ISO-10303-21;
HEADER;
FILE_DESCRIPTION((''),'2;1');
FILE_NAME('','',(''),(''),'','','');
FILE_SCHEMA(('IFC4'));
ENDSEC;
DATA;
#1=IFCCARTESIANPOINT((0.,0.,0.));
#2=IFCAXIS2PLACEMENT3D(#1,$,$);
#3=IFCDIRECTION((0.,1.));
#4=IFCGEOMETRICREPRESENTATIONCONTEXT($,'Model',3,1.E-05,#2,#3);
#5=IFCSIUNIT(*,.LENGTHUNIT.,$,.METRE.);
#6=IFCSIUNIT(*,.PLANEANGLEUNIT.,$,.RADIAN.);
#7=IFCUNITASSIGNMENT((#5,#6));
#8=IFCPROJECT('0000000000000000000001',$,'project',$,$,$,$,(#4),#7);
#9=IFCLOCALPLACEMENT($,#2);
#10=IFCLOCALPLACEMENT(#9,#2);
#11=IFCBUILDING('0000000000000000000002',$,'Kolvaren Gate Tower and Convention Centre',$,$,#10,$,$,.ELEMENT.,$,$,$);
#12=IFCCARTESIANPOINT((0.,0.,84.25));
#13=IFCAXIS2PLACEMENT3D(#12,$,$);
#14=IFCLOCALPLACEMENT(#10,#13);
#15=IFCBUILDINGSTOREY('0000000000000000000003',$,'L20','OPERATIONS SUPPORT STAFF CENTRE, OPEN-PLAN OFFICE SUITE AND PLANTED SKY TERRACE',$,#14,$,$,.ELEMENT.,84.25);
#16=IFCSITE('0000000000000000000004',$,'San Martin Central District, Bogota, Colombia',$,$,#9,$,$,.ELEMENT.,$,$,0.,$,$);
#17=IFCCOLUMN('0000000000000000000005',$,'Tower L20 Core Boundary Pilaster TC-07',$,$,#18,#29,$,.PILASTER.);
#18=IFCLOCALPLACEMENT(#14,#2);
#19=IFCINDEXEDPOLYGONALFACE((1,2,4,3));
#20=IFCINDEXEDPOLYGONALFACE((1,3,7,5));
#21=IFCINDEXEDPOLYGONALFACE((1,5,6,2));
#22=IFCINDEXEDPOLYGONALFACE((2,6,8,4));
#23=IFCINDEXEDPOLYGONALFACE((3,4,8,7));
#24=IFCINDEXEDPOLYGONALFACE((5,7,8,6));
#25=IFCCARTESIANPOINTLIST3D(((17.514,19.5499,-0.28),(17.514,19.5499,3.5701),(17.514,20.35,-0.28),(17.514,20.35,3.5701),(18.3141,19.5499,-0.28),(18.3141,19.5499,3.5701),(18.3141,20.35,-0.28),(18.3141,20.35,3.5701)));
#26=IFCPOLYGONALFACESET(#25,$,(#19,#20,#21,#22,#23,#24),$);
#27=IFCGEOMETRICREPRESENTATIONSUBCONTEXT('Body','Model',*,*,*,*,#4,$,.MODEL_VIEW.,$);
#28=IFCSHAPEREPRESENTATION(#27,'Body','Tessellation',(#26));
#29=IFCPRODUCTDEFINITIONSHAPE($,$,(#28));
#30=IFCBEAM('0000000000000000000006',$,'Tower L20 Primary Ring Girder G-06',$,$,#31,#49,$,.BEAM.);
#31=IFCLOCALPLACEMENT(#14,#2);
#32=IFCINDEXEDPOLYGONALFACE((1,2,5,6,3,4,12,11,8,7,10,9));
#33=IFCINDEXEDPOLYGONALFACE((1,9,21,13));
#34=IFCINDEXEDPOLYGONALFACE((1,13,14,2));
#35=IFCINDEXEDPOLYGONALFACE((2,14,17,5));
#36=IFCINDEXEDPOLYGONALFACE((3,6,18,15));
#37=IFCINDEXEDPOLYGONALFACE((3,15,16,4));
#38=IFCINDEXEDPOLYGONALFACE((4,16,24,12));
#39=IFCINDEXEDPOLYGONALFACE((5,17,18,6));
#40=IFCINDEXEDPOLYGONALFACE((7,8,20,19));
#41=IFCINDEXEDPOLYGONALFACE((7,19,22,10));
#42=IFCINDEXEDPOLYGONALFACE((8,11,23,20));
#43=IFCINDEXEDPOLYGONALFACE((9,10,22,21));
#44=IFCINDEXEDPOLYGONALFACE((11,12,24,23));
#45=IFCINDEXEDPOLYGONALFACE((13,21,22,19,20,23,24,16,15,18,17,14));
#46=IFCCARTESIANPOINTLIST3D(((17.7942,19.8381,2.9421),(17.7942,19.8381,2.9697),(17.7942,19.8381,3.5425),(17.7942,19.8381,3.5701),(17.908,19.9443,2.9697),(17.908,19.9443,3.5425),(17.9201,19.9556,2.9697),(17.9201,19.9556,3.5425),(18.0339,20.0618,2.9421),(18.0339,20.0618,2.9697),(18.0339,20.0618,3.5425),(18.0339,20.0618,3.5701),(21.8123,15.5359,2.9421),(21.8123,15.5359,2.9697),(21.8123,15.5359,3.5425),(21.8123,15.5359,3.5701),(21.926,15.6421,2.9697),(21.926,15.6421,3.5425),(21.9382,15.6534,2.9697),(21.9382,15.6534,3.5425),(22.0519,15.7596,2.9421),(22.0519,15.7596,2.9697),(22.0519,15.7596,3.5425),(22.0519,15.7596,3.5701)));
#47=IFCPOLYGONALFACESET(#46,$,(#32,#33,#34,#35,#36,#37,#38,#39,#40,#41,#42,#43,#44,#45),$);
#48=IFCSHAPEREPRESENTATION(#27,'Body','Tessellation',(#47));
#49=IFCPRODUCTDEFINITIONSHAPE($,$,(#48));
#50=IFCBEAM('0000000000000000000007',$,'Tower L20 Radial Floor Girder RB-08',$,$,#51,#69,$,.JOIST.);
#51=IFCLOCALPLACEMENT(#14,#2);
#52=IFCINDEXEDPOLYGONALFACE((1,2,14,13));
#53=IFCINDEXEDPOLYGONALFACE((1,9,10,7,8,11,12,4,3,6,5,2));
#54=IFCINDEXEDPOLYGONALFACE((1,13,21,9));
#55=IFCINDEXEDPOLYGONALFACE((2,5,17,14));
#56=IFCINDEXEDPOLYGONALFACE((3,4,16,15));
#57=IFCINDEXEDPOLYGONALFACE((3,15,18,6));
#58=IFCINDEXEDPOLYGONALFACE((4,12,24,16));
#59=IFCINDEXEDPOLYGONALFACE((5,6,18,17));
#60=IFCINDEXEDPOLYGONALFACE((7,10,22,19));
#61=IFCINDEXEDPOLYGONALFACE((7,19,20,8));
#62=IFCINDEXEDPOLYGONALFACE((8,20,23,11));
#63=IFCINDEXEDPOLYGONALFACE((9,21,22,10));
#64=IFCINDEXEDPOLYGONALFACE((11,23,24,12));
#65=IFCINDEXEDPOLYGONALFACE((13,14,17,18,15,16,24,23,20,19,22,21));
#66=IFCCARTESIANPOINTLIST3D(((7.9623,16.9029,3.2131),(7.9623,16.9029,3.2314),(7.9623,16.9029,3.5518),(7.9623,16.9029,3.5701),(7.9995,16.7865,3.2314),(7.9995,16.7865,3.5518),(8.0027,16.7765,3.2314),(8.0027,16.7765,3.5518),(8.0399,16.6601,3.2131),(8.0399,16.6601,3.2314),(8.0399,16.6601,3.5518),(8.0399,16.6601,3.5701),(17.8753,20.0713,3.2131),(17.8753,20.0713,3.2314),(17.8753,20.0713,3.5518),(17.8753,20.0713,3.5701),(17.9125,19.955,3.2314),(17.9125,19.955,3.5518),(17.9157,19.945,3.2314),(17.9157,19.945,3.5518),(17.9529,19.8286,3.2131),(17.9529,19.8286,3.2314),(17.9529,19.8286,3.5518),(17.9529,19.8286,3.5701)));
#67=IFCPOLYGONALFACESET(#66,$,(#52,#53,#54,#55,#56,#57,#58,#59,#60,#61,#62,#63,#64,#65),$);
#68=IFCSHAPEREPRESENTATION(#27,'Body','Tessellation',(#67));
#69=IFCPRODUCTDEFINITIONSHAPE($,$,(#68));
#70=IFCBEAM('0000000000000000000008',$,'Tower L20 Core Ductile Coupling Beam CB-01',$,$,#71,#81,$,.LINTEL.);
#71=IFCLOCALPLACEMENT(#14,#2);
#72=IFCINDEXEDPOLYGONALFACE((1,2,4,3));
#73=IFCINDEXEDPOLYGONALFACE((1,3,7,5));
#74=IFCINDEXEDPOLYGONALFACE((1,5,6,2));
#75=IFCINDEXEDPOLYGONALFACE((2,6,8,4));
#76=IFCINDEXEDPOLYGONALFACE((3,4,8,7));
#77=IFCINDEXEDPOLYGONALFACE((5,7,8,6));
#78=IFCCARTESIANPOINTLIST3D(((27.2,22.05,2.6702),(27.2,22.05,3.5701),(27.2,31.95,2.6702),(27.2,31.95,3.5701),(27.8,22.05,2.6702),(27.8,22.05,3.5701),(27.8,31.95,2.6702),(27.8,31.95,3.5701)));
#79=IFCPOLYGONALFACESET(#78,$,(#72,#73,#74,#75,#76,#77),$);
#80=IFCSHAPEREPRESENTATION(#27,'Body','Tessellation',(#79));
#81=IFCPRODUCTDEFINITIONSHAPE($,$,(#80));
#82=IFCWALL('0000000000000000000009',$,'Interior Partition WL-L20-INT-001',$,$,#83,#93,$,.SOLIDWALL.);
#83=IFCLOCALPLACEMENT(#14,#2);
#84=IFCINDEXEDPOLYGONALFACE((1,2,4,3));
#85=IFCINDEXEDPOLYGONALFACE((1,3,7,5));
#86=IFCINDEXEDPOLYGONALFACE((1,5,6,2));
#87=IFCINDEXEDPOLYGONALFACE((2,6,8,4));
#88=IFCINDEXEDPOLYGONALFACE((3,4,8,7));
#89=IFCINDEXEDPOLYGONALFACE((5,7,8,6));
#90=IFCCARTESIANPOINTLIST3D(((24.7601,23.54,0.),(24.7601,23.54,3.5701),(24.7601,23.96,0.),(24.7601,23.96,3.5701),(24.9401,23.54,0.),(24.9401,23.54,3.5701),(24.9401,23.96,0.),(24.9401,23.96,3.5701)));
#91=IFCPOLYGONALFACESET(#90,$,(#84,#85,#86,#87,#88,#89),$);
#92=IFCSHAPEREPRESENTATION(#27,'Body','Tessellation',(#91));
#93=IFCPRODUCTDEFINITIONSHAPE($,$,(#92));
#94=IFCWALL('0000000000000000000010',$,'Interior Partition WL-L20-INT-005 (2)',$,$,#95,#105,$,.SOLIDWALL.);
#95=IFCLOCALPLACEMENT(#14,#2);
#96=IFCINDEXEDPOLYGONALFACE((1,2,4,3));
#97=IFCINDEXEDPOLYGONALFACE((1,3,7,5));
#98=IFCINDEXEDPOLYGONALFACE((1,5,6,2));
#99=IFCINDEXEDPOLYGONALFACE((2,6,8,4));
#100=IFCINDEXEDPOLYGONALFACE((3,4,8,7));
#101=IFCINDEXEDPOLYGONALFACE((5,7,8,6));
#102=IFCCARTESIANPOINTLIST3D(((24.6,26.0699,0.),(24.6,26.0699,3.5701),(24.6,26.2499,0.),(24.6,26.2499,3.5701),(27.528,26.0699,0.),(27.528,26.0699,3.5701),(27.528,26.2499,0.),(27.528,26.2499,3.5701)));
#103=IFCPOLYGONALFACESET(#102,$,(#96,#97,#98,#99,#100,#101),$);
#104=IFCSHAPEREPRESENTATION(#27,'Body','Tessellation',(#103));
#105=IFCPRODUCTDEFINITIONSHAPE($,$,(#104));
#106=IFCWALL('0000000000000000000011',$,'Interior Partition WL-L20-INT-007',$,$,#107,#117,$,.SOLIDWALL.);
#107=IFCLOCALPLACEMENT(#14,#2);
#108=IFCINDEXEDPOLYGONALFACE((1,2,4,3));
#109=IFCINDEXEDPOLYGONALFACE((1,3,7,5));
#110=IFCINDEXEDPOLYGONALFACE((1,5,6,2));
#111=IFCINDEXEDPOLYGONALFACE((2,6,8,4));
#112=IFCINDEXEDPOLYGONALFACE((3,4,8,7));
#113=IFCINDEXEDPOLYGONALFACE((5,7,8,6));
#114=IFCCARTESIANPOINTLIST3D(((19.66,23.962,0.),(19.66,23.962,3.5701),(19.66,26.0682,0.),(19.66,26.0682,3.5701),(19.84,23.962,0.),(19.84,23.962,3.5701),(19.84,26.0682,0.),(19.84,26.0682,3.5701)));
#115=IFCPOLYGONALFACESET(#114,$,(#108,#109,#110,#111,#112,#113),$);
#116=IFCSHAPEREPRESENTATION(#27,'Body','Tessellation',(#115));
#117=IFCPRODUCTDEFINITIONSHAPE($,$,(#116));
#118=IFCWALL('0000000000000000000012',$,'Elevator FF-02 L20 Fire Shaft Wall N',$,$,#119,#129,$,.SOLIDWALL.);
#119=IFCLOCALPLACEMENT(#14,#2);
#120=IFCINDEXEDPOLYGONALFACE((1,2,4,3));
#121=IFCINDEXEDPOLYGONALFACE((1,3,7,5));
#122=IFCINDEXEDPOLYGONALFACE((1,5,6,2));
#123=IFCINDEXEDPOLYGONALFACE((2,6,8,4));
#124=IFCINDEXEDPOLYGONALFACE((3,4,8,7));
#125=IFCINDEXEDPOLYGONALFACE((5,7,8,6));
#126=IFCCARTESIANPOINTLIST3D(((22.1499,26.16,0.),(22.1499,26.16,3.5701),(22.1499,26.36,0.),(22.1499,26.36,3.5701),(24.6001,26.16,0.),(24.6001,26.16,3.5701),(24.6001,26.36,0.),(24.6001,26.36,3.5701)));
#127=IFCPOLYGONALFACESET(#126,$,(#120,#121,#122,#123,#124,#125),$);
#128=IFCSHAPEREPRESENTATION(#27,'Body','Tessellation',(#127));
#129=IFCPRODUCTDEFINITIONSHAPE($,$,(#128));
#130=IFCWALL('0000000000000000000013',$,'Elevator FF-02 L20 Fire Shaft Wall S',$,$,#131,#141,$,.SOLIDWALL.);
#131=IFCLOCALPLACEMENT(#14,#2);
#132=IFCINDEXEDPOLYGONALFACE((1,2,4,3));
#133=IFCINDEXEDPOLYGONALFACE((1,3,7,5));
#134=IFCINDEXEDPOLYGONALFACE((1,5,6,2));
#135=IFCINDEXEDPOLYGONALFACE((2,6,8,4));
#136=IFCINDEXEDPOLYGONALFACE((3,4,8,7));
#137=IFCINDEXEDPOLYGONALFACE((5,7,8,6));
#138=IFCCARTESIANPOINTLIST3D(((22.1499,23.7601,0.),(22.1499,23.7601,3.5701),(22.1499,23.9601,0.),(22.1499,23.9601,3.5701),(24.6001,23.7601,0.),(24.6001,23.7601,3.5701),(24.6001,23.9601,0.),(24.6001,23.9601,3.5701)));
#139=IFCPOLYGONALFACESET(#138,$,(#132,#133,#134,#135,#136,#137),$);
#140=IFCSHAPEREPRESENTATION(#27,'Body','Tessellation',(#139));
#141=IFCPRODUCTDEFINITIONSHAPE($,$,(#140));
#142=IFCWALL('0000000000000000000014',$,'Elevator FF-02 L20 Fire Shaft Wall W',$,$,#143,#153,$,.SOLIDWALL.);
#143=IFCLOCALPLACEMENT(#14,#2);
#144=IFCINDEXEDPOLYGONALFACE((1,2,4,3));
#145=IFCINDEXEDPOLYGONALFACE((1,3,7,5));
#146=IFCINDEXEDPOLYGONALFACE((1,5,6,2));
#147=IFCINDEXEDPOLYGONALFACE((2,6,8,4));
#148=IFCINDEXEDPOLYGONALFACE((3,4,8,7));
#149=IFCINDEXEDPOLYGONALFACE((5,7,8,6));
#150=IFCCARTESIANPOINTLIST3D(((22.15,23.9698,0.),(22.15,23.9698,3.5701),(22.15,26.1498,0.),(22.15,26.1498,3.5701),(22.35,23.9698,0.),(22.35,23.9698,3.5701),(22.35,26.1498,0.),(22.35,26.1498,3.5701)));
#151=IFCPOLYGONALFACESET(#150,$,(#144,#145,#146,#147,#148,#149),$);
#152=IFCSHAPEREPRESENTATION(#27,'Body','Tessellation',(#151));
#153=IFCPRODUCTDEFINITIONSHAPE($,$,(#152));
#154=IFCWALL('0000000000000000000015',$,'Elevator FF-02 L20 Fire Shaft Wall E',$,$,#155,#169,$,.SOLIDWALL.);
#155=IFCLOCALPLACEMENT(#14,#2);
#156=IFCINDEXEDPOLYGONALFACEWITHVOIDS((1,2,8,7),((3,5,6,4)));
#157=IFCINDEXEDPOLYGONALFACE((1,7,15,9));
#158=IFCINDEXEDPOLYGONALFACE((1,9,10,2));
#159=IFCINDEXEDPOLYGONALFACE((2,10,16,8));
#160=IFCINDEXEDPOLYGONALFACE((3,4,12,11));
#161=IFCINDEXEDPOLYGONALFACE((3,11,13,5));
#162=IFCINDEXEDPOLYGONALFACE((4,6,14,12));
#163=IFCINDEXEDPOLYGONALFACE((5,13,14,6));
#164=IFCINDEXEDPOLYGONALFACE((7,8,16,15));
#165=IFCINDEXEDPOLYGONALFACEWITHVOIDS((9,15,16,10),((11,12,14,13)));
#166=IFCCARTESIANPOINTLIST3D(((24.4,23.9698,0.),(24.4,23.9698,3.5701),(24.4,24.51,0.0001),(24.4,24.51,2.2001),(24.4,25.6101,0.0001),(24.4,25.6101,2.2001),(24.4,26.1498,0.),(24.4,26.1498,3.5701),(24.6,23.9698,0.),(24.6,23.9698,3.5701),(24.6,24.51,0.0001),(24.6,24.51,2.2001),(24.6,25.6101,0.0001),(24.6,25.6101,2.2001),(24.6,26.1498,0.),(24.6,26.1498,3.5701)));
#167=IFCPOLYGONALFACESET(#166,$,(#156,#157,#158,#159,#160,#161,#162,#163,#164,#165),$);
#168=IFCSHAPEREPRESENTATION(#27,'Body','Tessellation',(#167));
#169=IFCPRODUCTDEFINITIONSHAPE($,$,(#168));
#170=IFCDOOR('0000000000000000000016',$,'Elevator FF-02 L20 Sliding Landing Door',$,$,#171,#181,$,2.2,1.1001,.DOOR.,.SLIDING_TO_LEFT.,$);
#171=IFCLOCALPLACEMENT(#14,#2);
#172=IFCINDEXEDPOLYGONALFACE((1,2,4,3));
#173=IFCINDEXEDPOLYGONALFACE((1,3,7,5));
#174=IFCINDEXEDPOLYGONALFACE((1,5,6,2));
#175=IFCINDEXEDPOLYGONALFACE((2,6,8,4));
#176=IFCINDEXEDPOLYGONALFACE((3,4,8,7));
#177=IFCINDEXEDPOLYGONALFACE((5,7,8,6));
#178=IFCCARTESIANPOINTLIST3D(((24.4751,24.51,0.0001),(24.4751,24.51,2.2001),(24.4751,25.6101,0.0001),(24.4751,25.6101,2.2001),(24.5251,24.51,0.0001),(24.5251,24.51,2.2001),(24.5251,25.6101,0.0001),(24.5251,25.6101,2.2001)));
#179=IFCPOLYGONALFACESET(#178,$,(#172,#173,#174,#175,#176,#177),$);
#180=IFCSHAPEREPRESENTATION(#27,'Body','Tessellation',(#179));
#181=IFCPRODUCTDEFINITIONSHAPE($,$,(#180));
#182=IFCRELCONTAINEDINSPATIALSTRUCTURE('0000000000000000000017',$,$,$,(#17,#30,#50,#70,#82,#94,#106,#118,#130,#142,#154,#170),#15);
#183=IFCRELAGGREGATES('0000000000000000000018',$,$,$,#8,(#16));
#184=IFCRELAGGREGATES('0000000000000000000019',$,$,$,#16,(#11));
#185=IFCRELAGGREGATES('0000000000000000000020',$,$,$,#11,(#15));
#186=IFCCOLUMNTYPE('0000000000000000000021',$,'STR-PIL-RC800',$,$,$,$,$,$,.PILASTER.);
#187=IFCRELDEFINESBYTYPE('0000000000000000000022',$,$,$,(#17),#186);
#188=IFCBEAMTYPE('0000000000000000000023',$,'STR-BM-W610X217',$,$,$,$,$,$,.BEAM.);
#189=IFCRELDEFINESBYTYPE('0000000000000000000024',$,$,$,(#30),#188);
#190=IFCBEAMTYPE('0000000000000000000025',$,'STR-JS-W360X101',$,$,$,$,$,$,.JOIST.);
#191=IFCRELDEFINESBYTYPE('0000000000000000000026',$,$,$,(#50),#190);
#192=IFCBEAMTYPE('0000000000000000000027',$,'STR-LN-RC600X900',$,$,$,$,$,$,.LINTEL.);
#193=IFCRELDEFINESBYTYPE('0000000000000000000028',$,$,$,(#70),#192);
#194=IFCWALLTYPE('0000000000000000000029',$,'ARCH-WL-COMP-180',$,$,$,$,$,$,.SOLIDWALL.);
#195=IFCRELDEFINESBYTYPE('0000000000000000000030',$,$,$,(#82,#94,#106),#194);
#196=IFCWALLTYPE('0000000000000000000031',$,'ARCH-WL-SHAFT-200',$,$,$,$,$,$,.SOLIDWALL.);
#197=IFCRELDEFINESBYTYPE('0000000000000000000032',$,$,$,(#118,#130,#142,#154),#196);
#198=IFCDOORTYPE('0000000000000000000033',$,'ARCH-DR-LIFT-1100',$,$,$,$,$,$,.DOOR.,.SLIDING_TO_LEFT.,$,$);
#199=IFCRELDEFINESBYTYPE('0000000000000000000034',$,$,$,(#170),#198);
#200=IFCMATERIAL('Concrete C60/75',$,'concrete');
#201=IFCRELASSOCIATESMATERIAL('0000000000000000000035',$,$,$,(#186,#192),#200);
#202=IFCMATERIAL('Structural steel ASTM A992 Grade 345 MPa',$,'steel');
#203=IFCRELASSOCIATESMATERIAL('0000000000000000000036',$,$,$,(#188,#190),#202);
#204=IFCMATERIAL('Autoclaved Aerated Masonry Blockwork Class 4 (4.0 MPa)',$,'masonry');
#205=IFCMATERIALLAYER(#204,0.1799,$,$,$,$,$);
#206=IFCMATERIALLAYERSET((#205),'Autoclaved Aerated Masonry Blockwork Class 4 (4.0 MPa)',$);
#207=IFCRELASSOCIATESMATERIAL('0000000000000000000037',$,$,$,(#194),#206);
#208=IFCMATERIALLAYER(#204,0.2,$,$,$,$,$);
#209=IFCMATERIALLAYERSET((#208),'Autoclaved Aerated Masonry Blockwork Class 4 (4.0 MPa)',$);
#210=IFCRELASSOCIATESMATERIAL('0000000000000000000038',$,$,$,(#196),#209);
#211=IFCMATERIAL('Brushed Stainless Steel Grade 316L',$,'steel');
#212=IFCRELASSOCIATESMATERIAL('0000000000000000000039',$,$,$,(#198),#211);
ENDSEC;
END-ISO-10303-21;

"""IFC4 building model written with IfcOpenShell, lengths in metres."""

from ifc_helpers import new_model, si_unit, direction, frame, frame_2d, origin, origin_2d, place, context, subcontext, project, spatial, rectangle, i_section, extrude, material, layer, layer_set, material_profile, profile_set, type_object, element, fill, save


model = new_model("IFC4")

# Units and contexts
model_context = context("Model", 3, precision=1e-05, world=origin(), true_north=direction((0.0, 1.0)))
body_context = subcontext(model_context, "Body", "Model", "MODEL_VIEW")
ifc_project = project(units=[si_unit("LENGTHUNIT", "METRE"), si_unit("PLANEANGLEUNIT", "RADIAN")], contexts=[model_context])

# Site, building, storey
site_placement = place(None, origin())
site = spatial("IfcSite", under=ifc_project, at=site_placement, Name="San Martin Central District, Bogota, Colombia", CompositionType="ELEMENT", RefElevation=0.0)
building_placement = place(site_placement, origin())
building = spatial("IfcBuilding", under=site, at=building_placement, Name="Kolvaren Gate Tower and Convention Centre", CompositionType="ELEMENT")
storey_placement = place(building_placement, frame((0.0, 0.0, 84.25)))
storey = spatial("IfcBuildingStorey", under=building, at=storey_placement, Name="L20", Description="OPERATIONS SUPPORT STAFF CENTRE, OPEN-PLAN OFFICE SUITE AND PLANTED SKY TERRACE", CompositionType="ELEMENT", Elevation=84.25)

# Column
ifc_material_1 = material(Name="Concrete C60/75", Category="concrete")
ifc_material_profile_1 = material_profile(ifc_material_1, rectangle(XDim=0.8, YDim=0.8, at=origin_2d()), Name="RC-COL-800X800")
ifc_profile_set_1 = profile_set([ifc_material_profile_1], Name="Concrete C60/75")
column_type = type_object("IfcColumnType", Name="STR-PIL-RC800", PredefinedType="PILASTER", material=ifc_profile_set_1)
column_placement = place(storey_placement, frame((17.9141, 19.95, -0.28), z_axis=(0.0, 0.0, 1.0), x_axis=(1.0, 0.0, 0.0)))
element("IfcColumn", 1, at=column_placement, inside=storey, type_object=column_type, Name="Tower L20 Core Boundary Pilaster TC-07", PredefinedType="PILASTER", context=body_context, shape_type="SweptSolid", body=[
    extrude(rectangle(XDim=0.8, YDim=0.8, at=origin_2d()), origin(), (0.0, 0.0, 1.0), 3.8501),
])

# Beams
ifc_material_2 = material(Name="Structural steel ASTM A992 Grade 345 MPa", Category="steel")
ifc_material_profile_2 = material_profile(ifc_material_2, i_section(OverallWidth=0.3279, OverallDepth=0.6279, WebThickness=0.0166, FlangeThickness=0.0276, at=origin_2d()), Name="W610X217")
ifc_profile_set_2 = profile_set([ifc_material_profile_2], Name="Structural steel ASTM A992 Grade 345 MPa")
beam_type_1 = type_object("IfcBeamType", Name="STR-BM-W610X217", PredefinedType="BEAM", material=ifc_profile_set_2)
beam_1_placement = place(storey_placement, frame((17.9141, 19.95, 3.2561), z_axis=(0.682558, -0.730832, 0.0), x_axis=(0.730832, 0.682558, 0.0)))
element("IfcBeam", 2, at=beam_1_placement, inside=storey, type_object=beam_type_1, Name="Tower L20 Primary Ring Girder G-06", PredefinedType="BEAM", context=body_context, shape_type="SweptSolid", body=[
    extrude(i_section(OverallWidth=0.3279, OverallDepth=0.6279, WebThickness=0.0166, FlangeThickness=0.0276, at=origin_2d()), origin(), (0.0, 0.0, 1.0), 5.8867),
])
ifc_material_profile_3 = material_profile(ifc_material_2, i_section(OverallWidth=0.2549, OverallDepth=0.3569, WebThickness=0.0105, FlangeThickness=0.0183, at=origin_2d()), Name="W360X101")
ifc_profile_set_3 = profile_set([ifc_material_profile_3], Name="Structural steel ASTM A992 Grade 345 MPa")
beam_type_2 = type_object("IfcBeamType", Name="STR-JS-W360X101", PredefinedType="JOIST", material=ifc_profile_set_3)
beam_2_placement = place(storey_placement, frame((17.9141, 19.95, 3.3916), z_axis=(-0.952526, -0.304457, 0.0), x_axis=(0.304457, -0.952526, 0.0)))
element("IfcBeam", 3, at=beam_2_placement, inside=storey, type_object=beam_type_2, Name="Tower L20 Radial Floor Girder RB-08", PredefinedType="JOIST", context=body_context, shape_type="SweptSolid", body=[
    extrude(i_section(OverallWidth=0.2549, OverallDepth=0.3569, WebThickness=0.0105, FlangeThickness=0.0183, at=origin_2d()), origin(), (0.0, 0.0, 1.0), 10.407),
])
ifc_material_profile_4 = material_profile(ifc_material_1, rectangle(XDim=0.6001, YDim=0.8999, at=origin_2d()), Name="RC-BM-600X900")
ifc_profile_set_4 = profile_set([ifc_material_profile_4], Name="Concrete C60/75")
beam_type_3 = type_object("IfcBeamType", Name="STR-LN-RC600X900", PredefinedType="LINTEL", material=ifc_profile_set_4)
beam_3_placement = place(storey_placement, frame((27.5, 22.05, 3.1201), z_axis=(0.0, 1.0, 0.0), x_axis=(-1.0, 0.0, 0.0)))
element("IfcBeam", 4, at=beam_3_placement, inside=storey, type_object=beam_type_3, Name="Tower L20 Core Ductile Coupling Beam CB-01", PredefinedType="LINTEL", context=body_context, shape_type="SweptSolid", body=[
    extrude(rectangle(XDim=0.6001, YDim=0.8999, at=origin_2d()), origin(), (0.0, 0.0, 1.0), 9.8999),
])

# Walls
ifc_material_3 = material(Name="Autoclaved Aerated Masonry Blockwork Class 4 (4.0 MPa)", Category="masonry")
ifc_layer_1 = layer(ifc_material_3, 0.1799)
ifc_layer_set_1 = layer_set([ifc_layer_1], Name="Autoclaved Aerated Masonry Blockwork Class 4 (4.0 MPa)")
wall_type_1 = type_object("IfcWallType", Name="ARCH-WL-COMP-180", PredefinedType="SOLIDWALL", material=ifc_layer_set_1)
wall_1_placement = place(storey_placement, frame((24.8501, 23.54, 0.0), z_axis=(0.0, 0.0, 1.0), x_axis=(0.0, 1.0, 0.0)))
element("IfcWall", 5, at=wall_1_placement, inside=storey, type_object=wall_type_1, Name="Interior Partition WL-L20-INT-001", PredefinedType="SOLIDWALL", context=body_context, shape_type="SweptSolid", body=[
    extrude(rectangle(XDim=0.4199, YDim=0.1799, at=frame_2d((0.21, 0.0))), origin(), (0.0, 0.0, 1.0), 3.5701),
])
wall_2_placement = place(storey_placement, frame((24.6001, 26.1599, 0.0), z_axis=(0.0, 0.0, 1.0), x_axis=(1.0, 0.0, 0.0)))
element("IfcWall", 6, at=wall_2_placement, inside=storey, type_object=wall_type_1, Name="Interior Partition WL-L20-INT-005 (2)", PredefinedType="SOLIDWALL", context=body_context, shape_type="SweptSolid", body=[
    extrude(rectangle(XDim=2.928, YDim=0.1799, at=frame_2d((1.4639, 0.0))), origin(), (0.0, 0.0, 1.0), 3.5701),
])
wall_3_placement = place(storey_placement, frame((19.75, 23.9619, 0.0), z_axis=(0.0, 0.0, 1.0), x_axis=(0.0, 1.0, 0.0)))
element("IfcWall", 7, at=wall_3_placement, inside=storey, type_object=wall_type_1, Name="Interior Partition WL-L20-INT-007", PredefinedType="SOLIDWALL", context=body_context, shape_type="SweptSolid", body=[
    extrude(rectangle(XDim=2.1062, YDim=0.1799, at=frame_2d((1.0532, 0.0))), origin(), (0.0, 0.0, 1.0), 3.5701),
])
ifc_layer_2 = layer(ifc_material_3, 0.2)
ifc_layer_set_2 = layer_set([ifc_layer_2], Name="Autoclaved Aerated Masonry Blockwork Class 4 (4.0 MPa)")
wall_type_2 = type_object("IfcWallType", Name="ARCH-WL-SHAFT-200", PredefinedType="SOLIDWALL", material=ifc_layer_set_2)
for number, where, z_axis, x_axis, name in (
    (8, (22.1499, 26.26, 0.0), (0.0, 0.0, 1.0), (1.0, 0.0, 0.0), "Elevator FF-02 L20 Fire Shaft Wall N"),
    (9, (22.1499, 23.8601, 0.0), (0.0, 0.0, 1.0), (1.0, 0.0, 0.0), "Elevator FF-02 L20 Fire Shaft Wall S"),
):
    element("IfcWall", number, at=place(storey_placement, frame(where, z_axis=z_axis, x_axis=x_axis)), inside=storey, type_object=wall_type_2, Name=name, PredefinedType="SOLIDWALL", context=body_context, shape_type="SweptSolid", body=[
        extrude(rectangle(XDim=2.4502, YDim=0.2, at=frame_2d((1.2251, 0.0))), origin(), (0.0, 0.0, 1.0), 3.5701),
    ])
wall_4_placement = place(storey_placement, frame((22.25, 23.97, 0.0), z_axis=(0.0, 0.0, 1.0), x_axis=(0.0, 1.0, 0.0)))
element("IfcWall", 10, at=wall_4_placement, inside=storey, type_object=wall_type_2, Name="Elevator FF-02 L20 Fire Shaft Wall W", PredefinedType="SOLIDWALL", context=body_context, shape_type="SweptSolid", body=[
    extrude(rectangle(XDim=2.1799, YDim=0.2, at=frame_2d((1.0898, 0.0))), origin(), (0.0, 0.0, 1.0), 3.5701),
])

# Wall, opening, door
wall_5_placement = place(storey_placement, frame((24.5, 23.97, 0.0), z_axis=(0.0, 0.0, 1.0), x_axis=(0.0, 1.0, 0.0)))
wall_5 = element("IfcWall", 11, at=wall_5_placement, inside=storey, type_object=wall_type_2, Name="Elevator FF-02 L20 Fire Shaft Wall E", PredefinedType="SOLIDWALL", context=body_context, shape_type="SweptSolid", body=[
    extrude(rectangle(XDim=2.1799, YDim=0.2, at=frame_2d((1.0898, 0.0))), origin(), (0.0, 0.0, 1.0), 3.5701),
])
opening_1_placement = place(wall_5_placement, frame((0.54, 0.0, 0.0)))
opening_1 = element("IfcOpeningElement", 12, at=opening_1_placement, cuts=wall_5, PredefinedType="OPENING", context=body_context, shape_type="SweptSolid", body=[
    extrude(rectangle(XDim=1.1001, YDim=2.2, at=frame_2d((0.55, 1.1001))), frame((0.0, 0.1099, 0.0), z_axis=(0.0, -1.0, 0.0), x_axis=(1.0, 0.0, 0.0)), (0.0, 0.0, 1.0), 0.22),
])
ifc_material_4 = material(Name="Brushed Stainless Steel Grade 316L", Category="steel")
door_type_1 = type_object("IfcDoorType", Name="ARCH-DR-LIFT-1100", OperationType="SLIDING_TO_LEFT", PredefinedType="DOOR", material=ifc_material_4)
door_1_placement = place(opening_1_placement, origin())
door_1 = element("IfcDoor", 13, at=door_1_placement, inside=storey, type_object=door_type_1, Name="Elevator FF-02 L20 Sliding Landing Door", OperationType="SLIDING_TO_LEFT", OverallHeight=2.2, OverallWidth=1.1001, PredefinedType="DOOR", context=body_context, shape_type="SweptSolid", body=[
    extrude(rectangle(XDim=1.1001, YDim=2.2, at=frame_2d((0.55, 1.1001))), frame((0.0, 0.0249, 0.0), z_axis=(0.0, -1.0, 0.0), x_axis=(1.0, 0.0, 0.0)), (0.0, 0.0, 1.0), 0.05),
])
fill(opening_1, door_1)

save(model, "model.ifc")
